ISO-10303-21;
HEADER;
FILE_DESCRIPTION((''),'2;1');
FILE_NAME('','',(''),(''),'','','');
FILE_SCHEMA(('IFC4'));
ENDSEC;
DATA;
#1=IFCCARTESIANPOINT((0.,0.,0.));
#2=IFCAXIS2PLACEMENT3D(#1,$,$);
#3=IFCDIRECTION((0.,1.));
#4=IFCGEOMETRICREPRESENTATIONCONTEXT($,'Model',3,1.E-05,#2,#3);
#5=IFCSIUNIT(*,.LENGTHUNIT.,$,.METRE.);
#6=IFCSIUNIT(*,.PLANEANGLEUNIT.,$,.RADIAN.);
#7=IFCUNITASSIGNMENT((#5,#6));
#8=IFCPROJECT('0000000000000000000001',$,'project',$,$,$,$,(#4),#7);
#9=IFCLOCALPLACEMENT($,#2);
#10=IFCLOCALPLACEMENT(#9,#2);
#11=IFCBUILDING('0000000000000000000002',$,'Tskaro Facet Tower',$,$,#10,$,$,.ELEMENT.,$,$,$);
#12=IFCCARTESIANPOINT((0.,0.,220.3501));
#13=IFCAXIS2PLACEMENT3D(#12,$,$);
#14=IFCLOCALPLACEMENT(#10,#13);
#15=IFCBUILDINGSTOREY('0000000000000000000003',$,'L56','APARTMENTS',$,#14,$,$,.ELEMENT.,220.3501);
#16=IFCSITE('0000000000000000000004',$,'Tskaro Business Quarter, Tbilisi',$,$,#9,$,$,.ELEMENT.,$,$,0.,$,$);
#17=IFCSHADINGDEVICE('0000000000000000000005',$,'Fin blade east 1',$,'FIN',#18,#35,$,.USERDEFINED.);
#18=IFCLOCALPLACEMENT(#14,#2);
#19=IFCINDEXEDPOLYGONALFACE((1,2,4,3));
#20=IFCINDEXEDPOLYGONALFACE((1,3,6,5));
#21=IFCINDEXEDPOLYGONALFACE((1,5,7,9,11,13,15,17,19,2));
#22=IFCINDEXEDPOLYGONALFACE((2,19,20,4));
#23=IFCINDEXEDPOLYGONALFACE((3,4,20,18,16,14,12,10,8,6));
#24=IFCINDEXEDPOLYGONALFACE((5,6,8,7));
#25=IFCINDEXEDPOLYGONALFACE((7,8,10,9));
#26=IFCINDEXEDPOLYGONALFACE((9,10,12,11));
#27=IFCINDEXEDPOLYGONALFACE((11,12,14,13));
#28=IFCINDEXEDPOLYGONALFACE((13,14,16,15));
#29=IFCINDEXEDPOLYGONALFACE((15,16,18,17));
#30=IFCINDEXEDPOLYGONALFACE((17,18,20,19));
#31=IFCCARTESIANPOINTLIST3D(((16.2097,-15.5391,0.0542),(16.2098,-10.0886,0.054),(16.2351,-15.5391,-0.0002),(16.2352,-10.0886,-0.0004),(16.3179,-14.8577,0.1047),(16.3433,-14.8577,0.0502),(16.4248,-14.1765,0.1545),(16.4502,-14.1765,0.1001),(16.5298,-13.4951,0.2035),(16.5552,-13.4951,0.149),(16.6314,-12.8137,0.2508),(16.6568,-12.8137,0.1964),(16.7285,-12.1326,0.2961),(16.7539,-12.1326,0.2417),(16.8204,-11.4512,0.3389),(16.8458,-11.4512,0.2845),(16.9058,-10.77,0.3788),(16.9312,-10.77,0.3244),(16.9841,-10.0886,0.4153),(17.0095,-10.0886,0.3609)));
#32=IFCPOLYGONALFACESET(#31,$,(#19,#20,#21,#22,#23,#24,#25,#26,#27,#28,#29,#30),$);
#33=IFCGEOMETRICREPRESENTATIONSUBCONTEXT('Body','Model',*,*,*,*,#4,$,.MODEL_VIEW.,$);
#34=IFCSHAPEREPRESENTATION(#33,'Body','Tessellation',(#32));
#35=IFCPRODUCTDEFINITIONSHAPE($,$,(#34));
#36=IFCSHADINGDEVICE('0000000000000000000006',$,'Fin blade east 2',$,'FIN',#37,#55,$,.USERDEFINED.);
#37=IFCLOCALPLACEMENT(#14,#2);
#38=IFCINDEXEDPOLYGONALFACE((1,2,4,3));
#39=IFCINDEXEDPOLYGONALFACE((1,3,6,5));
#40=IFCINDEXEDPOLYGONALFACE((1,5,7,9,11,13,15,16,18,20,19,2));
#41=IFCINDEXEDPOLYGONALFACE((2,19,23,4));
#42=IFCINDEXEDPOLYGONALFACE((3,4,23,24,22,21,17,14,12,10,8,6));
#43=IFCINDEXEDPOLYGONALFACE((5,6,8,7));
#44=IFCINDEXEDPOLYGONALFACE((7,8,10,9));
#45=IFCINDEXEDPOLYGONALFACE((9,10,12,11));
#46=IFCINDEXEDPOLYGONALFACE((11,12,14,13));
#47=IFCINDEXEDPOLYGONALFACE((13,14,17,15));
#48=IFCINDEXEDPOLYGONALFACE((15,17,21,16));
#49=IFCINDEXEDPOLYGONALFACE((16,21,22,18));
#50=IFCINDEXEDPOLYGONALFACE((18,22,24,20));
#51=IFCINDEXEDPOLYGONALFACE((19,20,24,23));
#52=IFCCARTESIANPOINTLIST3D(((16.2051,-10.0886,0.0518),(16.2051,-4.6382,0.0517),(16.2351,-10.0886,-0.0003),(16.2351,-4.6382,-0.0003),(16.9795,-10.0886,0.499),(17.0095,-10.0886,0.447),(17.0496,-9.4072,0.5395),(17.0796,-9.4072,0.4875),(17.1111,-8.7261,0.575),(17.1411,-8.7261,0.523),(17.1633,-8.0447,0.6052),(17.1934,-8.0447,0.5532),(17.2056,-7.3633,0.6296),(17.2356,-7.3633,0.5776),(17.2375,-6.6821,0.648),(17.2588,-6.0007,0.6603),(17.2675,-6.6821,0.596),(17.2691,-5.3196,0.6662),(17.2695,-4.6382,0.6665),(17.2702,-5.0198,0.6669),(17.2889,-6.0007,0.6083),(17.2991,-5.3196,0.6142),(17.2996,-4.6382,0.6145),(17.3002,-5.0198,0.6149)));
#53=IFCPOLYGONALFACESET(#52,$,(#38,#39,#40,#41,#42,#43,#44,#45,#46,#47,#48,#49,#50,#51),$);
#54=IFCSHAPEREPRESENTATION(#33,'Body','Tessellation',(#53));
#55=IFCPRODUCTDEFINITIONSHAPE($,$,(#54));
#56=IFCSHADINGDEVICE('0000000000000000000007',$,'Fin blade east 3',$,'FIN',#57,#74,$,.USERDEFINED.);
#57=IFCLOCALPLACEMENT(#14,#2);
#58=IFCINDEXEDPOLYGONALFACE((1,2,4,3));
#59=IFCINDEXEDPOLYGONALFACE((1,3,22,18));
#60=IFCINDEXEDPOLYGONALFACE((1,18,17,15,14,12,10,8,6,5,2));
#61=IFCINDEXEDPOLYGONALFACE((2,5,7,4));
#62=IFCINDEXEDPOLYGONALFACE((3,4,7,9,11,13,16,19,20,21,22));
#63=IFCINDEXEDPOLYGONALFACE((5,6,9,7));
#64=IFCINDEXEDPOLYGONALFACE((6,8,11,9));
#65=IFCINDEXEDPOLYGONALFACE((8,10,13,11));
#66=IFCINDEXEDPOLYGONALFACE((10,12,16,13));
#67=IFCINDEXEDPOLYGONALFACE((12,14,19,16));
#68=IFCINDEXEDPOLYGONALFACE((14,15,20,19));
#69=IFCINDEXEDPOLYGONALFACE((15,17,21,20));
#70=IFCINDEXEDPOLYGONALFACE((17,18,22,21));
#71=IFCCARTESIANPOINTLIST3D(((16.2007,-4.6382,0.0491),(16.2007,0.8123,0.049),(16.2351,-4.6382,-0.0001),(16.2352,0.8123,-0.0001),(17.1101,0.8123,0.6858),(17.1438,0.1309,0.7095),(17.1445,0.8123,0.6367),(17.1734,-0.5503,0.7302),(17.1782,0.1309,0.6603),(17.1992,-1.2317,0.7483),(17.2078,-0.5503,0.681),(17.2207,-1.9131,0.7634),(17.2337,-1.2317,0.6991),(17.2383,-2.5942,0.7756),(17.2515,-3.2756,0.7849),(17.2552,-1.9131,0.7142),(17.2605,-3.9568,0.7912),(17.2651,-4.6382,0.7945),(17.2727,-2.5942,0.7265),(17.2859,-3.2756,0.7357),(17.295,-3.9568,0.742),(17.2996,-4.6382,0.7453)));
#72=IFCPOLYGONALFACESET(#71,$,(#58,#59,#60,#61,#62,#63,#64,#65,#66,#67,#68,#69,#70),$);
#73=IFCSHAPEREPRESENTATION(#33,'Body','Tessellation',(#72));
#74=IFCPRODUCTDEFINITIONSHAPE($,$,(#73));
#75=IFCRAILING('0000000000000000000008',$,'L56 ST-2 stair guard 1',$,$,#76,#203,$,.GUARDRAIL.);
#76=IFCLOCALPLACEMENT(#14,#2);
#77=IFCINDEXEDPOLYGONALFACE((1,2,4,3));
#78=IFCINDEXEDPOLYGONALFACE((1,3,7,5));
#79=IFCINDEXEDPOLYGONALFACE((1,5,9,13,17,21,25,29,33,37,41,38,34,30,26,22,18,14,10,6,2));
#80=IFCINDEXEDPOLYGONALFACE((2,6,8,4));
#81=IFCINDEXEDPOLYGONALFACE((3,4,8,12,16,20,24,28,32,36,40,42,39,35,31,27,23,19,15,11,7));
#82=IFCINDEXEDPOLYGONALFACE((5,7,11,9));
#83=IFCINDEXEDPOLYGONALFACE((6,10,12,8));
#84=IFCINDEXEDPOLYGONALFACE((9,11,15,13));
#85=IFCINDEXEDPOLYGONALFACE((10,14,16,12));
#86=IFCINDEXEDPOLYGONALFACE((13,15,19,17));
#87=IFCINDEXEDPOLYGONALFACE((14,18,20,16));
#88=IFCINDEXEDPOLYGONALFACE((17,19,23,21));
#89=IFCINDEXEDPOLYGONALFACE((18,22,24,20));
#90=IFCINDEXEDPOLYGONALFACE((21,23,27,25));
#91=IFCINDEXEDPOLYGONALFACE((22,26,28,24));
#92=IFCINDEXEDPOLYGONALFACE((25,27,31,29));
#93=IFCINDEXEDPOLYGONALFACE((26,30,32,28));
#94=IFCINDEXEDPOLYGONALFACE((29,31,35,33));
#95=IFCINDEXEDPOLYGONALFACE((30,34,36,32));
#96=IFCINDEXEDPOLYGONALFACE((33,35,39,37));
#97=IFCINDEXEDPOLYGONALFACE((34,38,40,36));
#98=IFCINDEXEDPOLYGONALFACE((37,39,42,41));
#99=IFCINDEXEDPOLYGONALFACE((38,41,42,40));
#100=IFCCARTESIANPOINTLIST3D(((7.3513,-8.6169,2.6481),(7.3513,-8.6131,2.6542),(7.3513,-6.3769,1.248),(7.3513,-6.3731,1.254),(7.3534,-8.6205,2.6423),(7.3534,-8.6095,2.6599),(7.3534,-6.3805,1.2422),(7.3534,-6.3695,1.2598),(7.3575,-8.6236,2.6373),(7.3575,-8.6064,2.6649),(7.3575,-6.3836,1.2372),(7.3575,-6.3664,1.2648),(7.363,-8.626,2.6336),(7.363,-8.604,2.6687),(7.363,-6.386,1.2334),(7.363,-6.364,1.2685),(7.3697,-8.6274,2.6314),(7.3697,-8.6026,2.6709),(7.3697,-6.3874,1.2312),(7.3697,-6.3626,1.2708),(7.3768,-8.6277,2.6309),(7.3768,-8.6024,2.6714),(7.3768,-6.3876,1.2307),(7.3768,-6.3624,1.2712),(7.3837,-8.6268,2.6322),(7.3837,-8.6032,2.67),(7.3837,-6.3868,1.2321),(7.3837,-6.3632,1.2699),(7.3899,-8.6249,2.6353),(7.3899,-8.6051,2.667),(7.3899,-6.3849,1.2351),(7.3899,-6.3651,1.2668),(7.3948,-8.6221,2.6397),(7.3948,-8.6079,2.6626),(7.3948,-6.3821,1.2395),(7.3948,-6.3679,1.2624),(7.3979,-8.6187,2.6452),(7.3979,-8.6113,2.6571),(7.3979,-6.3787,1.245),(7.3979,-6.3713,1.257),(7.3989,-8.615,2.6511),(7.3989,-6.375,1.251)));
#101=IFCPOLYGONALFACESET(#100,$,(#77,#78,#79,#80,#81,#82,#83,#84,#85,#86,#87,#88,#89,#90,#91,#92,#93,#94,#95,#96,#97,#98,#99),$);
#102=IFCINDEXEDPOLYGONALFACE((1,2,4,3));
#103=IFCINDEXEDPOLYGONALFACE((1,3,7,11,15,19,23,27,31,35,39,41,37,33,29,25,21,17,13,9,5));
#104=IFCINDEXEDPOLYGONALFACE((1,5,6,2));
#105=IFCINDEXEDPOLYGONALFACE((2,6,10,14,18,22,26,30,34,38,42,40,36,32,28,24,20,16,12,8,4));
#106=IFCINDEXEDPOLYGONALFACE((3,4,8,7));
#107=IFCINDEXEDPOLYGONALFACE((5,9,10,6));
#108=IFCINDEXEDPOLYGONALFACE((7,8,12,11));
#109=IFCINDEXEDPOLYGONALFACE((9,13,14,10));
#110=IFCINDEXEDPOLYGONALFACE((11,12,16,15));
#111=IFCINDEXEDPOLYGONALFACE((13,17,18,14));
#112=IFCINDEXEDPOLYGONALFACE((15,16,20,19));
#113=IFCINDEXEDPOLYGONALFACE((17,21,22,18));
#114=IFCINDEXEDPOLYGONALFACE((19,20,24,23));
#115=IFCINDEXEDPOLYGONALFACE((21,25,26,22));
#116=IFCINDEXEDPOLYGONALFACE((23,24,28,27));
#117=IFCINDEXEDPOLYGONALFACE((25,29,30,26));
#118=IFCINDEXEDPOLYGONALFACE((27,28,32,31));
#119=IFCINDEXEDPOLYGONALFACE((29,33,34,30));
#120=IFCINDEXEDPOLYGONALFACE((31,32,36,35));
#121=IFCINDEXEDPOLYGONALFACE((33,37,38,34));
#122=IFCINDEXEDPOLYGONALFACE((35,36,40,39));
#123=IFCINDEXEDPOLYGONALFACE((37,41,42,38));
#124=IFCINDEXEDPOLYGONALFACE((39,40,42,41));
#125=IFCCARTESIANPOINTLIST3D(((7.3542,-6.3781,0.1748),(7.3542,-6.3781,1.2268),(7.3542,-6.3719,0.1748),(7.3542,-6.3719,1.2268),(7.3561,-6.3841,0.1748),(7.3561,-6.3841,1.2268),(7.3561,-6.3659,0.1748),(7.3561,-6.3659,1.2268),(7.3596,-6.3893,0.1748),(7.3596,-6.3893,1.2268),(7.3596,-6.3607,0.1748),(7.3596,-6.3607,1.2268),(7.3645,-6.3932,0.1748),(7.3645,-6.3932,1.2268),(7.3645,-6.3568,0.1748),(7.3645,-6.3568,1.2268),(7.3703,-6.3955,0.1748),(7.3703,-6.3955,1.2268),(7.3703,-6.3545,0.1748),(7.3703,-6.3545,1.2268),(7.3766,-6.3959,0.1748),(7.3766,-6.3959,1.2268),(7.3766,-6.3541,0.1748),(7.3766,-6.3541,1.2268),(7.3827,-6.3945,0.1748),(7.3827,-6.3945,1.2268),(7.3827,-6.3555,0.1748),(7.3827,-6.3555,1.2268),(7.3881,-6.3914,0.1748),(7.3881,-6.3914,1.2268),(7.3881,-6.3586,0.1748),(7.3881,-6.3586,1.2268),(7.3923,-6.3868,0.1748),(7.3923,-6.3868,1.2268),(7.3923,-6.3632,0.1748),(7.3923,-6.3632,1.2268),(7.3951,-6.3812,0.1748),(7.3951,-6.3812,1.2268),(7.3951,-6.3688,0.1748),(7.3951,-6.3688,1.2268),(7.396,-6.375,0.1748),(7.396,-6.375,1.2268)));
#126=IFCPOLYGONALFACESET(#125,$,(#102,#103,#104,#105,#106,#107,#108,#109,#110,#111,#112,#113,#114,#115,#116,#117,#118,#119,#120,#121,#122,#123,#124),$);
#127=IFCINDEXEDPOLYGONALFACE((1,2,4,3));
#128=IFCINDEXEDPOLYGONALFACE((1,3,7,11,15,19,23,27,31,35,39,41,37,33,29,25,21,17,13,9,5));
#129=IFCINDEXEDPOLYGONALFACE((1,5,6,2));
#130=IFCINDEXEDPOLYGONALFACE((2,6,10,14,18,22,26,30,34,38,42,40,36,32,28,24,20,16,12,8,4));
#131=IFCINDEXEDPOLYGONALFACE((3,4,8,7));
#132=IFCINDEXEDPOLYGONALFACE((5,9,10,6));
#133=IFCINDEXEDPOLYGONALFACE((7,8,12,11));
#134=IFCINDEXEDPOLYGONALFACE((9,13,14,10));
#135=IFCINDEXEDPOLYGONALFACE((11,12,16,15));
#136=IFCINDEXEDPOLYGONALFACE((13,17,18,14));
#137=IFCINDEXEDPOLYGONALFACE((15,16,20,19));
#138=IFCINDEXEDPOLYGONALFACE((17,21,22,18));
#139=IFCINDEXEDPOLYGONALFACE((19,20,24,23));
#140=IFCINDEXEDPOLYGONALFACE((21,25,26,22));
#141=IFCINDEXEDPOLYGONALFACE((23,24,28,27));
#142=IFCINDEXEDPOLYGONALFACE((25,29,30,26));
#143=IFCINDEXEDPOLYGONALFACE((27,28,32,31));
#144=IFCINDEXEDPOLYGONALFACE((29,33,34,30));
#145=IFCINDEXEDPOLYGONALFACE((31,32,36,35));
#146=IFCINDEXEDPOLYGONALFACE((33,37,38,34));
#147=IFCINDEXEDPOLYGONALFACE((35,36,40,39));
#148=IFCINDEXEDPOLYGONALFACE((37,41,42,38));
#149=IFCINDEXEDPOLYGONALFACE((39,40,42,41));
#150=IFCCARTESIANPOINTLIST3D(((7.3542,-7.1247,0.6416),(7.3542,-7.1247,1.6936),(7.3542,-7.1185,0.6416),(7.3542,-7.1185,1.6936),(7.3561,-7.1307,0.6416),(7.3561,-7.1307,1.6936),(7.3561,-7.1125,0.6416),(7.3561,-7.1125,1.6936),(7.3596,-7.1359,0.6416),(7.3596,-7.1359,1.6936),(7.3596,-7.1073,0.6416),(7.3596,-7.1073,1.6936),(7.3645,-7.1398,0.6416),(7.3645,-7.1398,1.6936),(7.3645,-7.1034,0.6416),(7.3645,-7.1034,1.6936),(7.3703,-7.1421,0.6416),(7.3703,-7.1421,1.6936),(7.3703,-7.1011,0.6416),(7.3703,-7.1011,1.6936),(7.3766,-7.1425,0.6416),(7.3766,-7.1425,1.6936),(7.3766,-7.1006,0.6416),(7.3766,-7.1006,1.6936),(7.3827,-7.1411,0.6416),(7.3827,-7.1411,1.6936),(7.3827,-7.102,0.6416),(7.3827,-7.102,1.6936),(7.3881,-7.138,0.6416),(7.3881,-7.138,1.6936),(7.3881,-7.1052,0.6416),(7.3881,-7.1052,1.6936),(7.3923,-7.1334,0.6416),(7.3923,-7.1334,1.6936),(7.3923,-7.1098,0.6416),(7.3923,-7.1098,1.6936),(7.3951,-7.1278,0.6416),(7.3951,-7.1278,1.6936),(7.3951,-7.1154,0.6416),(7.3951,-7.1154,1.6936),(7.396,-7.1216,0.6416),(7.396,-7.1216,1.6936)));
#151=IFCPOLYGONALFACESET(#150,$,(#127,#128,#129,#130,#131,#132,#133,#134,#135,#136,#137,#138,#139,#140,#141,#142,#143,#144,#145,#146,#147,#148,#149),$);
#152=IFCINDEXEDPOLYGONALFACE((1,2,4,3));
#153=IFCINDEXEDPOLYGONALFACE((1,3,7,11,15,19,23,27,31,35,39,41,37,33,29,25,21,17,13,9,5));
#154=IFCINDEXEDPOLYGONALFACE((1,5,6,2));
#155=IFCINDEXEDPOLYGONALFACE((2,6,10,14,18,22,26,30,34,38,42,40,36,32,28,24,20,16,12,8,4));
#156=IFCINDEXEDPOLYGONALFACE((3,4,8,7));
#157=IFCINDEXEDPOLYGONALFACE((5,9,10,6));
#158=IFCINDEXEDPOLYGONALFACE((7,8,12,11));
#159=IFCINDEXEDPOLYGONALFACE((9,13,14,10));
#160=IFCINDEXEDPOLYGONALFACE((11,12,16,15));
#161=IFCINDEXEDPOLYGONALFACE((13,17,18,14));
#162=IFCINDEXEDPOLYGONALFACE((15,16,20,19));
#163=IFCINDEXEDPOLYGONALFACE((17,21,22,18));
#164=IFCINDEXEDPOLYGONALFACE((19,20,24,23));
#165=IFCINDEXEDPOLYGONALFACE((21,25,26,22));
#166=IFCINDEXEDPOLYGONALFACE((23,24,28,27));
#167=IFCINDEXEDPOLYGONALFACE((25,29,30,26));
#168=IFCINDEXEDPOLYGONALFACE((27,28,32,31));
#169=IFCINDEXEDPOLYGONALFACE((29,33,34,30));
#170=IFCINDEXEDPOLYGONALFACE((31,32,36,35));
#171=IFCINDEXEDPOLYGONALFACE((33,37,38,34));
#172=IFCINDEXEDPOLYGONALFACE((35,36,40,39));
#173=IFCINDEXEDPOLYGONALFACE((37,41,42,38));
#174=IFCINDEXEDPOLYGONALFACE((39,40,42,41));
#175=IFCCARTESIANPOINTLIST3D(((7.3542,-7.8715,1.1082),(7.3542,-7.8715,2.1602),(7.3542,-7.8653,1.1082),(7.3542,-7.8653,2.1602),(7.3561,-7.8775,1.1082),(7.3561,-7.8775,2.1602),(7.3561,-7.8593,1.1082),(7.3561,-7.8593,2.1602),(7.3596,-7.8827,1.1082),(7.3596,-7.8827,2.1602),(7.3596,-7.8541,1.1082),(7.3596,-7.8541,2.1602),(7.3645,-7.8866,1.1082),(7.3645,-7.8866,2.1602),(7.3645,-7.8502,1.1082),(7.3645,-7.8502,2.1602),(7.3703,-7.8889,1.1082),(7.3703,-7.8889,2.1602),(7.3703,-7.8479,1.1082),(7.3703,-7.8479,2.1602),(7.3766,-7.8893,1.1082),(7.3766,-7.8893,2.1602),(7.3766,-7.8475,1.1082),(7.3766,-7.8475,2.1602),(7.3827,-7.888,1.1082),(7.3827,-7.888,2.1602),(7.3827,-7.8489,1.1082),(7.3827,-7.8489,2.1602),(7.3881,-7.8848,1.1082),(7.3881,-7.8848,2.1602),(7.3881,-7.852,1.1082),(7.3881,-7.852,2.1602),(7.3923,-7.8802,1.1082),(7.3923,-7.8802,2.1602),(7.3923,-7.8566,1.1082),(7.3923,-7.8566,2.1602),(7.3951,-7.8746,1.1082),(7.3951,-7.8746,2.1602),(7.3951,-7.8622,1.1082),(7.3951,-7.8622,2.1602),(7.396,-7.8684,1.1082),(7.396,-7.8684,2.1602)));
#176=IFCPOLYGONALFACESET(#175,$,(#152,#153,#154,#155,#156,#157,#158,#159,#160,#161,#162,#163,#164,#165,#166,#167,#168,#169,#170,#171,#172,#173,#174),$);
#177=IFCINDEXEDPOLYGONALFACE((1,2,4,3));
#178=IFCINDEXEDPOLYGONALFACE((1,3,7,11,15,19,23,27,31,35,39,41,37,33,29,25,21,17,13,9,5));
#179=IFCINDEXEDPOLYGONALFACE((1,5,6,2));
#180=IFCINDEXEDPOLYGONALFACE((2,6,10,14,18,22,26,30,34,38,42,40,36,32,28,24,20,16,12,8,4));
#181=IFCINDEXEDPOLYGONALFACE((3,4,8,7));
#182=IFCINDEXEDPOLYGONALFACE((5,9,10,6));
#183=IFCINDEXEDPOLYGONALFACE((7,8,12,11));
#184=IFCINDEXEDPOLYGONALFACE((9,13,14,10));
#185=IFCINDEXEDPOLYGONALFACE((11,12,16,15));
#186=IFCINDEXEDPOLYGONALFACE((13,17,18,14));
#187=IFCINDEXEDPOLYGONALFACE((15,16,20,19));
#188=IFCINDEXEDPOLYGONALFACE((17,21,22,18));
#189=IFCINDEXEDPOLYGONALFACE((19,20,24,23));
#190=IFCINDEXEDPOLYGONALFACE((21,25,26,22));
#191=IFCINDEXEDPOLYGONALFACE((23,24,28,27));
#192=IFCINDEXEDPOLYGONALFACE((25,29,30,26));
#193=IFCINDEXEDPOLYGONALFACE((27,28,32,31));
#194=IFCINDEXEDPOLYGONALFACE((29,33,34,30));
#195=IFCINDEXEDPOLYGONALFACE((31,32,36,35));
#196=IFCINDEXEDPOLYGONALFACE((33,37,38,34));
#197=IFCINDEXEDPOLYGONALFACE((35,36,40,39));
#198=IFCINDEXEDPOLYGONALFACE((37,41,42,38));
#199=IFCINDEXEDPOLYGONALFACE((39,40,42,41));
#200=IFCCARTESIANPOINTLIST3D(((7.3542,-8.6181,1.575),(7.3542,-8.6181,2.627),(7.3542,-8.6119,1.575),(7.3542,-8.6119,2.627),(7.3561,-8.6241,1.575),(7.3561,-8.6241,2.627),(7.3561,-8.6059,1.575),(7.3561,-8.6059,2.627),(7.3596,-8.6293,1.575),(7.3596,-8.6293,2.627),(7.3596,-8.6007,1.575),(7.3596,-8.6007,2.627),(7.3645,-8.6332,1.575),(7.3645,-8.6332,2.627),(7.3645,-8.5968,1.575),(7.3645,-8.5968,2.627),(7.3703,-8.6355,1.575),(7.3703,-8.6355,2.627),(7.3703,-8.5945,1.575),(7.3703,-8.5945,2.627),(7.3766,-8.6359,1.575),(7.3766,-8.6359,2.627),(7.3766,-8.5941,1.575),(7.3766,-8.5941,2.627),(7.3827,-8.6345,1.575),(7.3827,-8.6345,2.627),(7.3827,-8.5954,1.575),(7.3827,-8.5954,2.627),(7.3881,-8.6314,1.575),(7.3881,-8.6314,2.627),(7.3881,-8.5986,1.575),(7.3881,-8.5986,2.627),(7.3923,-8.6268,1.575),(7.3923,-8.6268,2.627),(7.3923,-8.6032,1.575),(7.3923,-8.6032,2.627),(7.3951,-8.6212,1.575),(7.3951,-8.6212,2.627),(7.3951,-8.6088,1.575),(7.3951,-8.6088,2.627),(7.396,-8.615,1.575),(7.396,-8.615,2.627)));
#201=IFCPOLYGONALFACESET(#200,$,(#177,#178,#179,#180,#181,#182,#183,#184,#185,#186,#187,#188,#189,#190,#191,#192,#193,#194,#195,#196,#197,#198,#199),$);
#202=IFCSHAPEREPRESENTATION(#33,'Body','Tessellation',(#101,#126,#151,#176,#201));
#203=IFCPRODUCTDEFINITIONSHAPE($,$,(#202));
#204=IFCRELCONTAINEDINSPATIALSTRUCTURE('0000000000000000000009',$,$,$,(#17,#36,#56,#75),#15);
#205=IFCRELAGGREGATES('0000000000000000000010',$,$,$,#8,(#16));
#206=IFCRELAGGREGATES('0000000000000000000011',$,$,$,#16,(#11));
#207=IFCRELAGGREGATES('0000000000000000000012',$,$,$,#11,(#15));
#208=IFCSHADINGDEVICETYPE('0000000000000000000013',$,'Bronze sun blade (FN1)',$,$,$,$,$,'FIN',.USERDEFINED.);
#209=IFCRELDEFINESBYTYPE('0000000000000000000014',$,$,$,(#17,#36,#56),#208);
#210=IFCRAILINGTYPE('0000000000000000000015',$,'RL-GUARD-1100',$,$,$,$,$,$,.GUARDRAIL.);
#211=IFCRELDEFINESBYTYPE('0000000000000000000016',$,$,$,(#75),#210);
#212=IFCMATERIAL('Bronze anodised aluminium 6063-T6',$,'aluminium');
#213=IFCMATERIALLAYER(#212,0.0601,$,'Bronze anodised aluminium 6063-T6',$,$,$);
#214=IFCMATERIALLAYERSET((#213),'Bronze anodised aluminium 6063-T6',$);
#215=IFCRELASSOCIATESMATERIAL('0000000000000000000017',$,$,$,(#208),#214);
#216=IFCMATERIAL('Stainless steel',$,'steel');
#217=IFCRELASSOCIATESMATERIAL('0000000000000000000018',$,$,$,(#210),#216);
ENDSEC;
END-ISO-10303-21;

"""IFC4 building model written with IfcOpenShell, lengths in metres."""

from ifc_helpers import new_model, si_unit, direction, frame, origin, origin_2d, place, context, subcontext, project, spatial, polyline, circle, outline, extrude, material, layer, layer_set, type_object, element, save


model = new_model("IFC4")

# Units and contexts
model_context = context("Model", 3, precision=1e-05, world=origin(), true_north=direction((0.0, 1.0)))
body_context = subcontext(model_context, "Body", "Model", "MODEL_VIEW")
ifc_project = project(units=[si_unit("LENGTHUNIT", "METRE"), si_unit("PLANEANGLEUNIT", "RADIAN")], contexts=[model_context])

# Site, building, storey
site_placement = place(None, origin())
site = spatial("IfcSite", under=ifc_project, at=site_placement, Name="Tskaro Business Quarter, Tbilisi", CompositionType="ELEMENT", RefElevation=0.0)
building_placement = place(site_placement, origin())
building = spatial("IfcBuilding", under=site, at=building_placement, Name="Tskaro Facet Tower", CompositionType="ELEMENT")
storey_placement = place(building_placement, frame((0.0, 0.0, 220.3501)))
storey = spatial("IfcBuildingStorey", under=building, at=storey_placement, Name="L56", Description="APARTMENTS", CompositionType="ELEMENT", Elevation=220.3501)

# Shared definitions
ifc_material_1 = material(Name="Bronze anodised aluminium 6063-T6", Category="aluminium")

# Shading devices
ifc_layer_1 = layer(ifc_material_1, 0.0601, Name="Bronze anodised aluminium 6063-T6")
ifc_layer_set_1 = layer_set([ifc_layer_1], Name="Bronze anodised aluminium 6063-T6")
shading_device_type = type_object("IfcShadingDeviceType", Name="Bronze sun blade (FN1)", ElementType="FIN", PredefinedType="USERDEFINED", material=ifc_layer_set_1)
shading_device_1_placement = place(storey_placement, frame((16.2097, -15.5391, 0.0542), z_axis=(-0.422802, 0.000037, 0.906222), x_axis=(0.000015, 1.0, -0.000033)))
element("IfcShadingDevice", 1, at=shading_device_1_placement, inside=storey, type_object=shading_device_type, Name="Fin blade east 1", ObjectType="FIN", PredefinedType="USERDEFINED", context=body_context, shape_type="SweptSolid", body=[
    extrude(outline(polyline([(0.0, 0.0), (5.4504, 0.0), (5.4504, -0.8545), (4.769, -0.7681), (4.0879, -0.6738), (3.4065, -0.5724), (2.7253, -0.4653), (2.0439, -0.3532), (1.3625, -0.2373), (0.6814, -0.1194), (0.0, 0.0)])), origin(), (0.0, 0.0, -1.0), 0.0601),
])
shading_device_2_placement = place(storey_placement, frame((16.2051, -10.0886, 0.0518), z_axis=(-0.500123, 0.000003, 0.865954), x_axis=(0.000001, 1.0, -0.000003)))
element("IfcShadingDevice", 2, at=shading_device_2_placement, inside=storey, type_object=shading_device_type, Name="Fin blade east 2", ObjectType="FIN", PredefinedType="USERDEFINED", context=body_context, shape_type="SweptSolid", body=[
    extrude(outline(polyline([(0.0, 0.0), (5.4504, 0.0), (5.4504, -1.2292), (5.0688, -1.23), (4.769, -1.2287), (4.0879, -1.2169), (3.4065, -1.1922), (2.7253, -1.1554), (2.0439, -1.1066), (1.3625, -1.0462), (0.6814, -0.9752), (0.0, -0.8943), (0.0, 0.0)])), origin(), (0.0, 0.0, -1.0), 0.0601),
])
shading_device_3_placement = place(storey_placement, frame((16.2007, -4.6382, 0.0491), z_axis=(-0.573608, 0.000005, 0.81913), x_axis=(0.000003, 1.0, -0.000004)))
element("IfcShadingDevice", 3, at=shading_device_3_placement, inside=storey, type_object=shading_device_type, Name="Fin blade east 3", ObjectType="FIN", PredefinedType="USERDEFINED", context=body_context, shape_type="SweptSolid", body=[
    extrude(outline(polyline([(0.0, 0.0), (5.4504, 0.0), (5.4504, -1.1102), (4.769, -1.1513), (4.0879, -1.1874), (3.4065, -1.219), (2.7251, -1.2453), (2.0439, -1.2667), (1.3625, -1.2828), (0.6814, -1.2939), (0.0, -1.2995), (0.0, 0.0)])), origin(), (0.0, 0.0, -1.0), 0.0601),
])

# Railing
ifc_material_2 = material(Name="Stainless steel", Category="steel")
railing_type_1 = type_object("IfcRailingType", Name="RL-GUARD-1100", PredefinedType="GUARDRAIL", material=ifc_material_2)
railing_1_placement = place(storey_placement, frame((7.375, -6.375, 0.1748)))
element("IfcRailing", 4, at=railing_1_placement, inside=storey, type_object=railing_type_1, Name="L56 ST-2 stair guard 1", PredefinedType="GUARDRAIL", context=body_context, shape_type="SweptSolid", body=[
    extrude(circle(Radius=0.0239, at=origin_2d()), frame((0.0, 0.0, 1.0762), z_axis=(0.0, -0.847972, 0.53004), x_axis=(1.0, 0.0, 0.0)), (0.0, 0.0, 1.0), 2.6416),
    extrude(circle(Radius=0.021, at=origin_2d()), origin(), (0.0, 0.0, 1.0), 1.052),
    extrude(circle(Radius=0.021, at=origin_2d()), frame((0.0, -0.7466, 0.4668)), (0.0, 0.0, 1.0), 1.052),
    extrude(circle(Radius=0.021, at=origin_2d()), frame((0.0, -1.4934, 0.9333)), (0.0, 0.0, 1.0), 1.052),
    extrude(circle(Radius=0.021, at=origin_2d()), frame((0.0, -2.24, 1.4001)), (0.0, 0.0, 1.0), 1.052),
])

save(model, "model.ifc")
